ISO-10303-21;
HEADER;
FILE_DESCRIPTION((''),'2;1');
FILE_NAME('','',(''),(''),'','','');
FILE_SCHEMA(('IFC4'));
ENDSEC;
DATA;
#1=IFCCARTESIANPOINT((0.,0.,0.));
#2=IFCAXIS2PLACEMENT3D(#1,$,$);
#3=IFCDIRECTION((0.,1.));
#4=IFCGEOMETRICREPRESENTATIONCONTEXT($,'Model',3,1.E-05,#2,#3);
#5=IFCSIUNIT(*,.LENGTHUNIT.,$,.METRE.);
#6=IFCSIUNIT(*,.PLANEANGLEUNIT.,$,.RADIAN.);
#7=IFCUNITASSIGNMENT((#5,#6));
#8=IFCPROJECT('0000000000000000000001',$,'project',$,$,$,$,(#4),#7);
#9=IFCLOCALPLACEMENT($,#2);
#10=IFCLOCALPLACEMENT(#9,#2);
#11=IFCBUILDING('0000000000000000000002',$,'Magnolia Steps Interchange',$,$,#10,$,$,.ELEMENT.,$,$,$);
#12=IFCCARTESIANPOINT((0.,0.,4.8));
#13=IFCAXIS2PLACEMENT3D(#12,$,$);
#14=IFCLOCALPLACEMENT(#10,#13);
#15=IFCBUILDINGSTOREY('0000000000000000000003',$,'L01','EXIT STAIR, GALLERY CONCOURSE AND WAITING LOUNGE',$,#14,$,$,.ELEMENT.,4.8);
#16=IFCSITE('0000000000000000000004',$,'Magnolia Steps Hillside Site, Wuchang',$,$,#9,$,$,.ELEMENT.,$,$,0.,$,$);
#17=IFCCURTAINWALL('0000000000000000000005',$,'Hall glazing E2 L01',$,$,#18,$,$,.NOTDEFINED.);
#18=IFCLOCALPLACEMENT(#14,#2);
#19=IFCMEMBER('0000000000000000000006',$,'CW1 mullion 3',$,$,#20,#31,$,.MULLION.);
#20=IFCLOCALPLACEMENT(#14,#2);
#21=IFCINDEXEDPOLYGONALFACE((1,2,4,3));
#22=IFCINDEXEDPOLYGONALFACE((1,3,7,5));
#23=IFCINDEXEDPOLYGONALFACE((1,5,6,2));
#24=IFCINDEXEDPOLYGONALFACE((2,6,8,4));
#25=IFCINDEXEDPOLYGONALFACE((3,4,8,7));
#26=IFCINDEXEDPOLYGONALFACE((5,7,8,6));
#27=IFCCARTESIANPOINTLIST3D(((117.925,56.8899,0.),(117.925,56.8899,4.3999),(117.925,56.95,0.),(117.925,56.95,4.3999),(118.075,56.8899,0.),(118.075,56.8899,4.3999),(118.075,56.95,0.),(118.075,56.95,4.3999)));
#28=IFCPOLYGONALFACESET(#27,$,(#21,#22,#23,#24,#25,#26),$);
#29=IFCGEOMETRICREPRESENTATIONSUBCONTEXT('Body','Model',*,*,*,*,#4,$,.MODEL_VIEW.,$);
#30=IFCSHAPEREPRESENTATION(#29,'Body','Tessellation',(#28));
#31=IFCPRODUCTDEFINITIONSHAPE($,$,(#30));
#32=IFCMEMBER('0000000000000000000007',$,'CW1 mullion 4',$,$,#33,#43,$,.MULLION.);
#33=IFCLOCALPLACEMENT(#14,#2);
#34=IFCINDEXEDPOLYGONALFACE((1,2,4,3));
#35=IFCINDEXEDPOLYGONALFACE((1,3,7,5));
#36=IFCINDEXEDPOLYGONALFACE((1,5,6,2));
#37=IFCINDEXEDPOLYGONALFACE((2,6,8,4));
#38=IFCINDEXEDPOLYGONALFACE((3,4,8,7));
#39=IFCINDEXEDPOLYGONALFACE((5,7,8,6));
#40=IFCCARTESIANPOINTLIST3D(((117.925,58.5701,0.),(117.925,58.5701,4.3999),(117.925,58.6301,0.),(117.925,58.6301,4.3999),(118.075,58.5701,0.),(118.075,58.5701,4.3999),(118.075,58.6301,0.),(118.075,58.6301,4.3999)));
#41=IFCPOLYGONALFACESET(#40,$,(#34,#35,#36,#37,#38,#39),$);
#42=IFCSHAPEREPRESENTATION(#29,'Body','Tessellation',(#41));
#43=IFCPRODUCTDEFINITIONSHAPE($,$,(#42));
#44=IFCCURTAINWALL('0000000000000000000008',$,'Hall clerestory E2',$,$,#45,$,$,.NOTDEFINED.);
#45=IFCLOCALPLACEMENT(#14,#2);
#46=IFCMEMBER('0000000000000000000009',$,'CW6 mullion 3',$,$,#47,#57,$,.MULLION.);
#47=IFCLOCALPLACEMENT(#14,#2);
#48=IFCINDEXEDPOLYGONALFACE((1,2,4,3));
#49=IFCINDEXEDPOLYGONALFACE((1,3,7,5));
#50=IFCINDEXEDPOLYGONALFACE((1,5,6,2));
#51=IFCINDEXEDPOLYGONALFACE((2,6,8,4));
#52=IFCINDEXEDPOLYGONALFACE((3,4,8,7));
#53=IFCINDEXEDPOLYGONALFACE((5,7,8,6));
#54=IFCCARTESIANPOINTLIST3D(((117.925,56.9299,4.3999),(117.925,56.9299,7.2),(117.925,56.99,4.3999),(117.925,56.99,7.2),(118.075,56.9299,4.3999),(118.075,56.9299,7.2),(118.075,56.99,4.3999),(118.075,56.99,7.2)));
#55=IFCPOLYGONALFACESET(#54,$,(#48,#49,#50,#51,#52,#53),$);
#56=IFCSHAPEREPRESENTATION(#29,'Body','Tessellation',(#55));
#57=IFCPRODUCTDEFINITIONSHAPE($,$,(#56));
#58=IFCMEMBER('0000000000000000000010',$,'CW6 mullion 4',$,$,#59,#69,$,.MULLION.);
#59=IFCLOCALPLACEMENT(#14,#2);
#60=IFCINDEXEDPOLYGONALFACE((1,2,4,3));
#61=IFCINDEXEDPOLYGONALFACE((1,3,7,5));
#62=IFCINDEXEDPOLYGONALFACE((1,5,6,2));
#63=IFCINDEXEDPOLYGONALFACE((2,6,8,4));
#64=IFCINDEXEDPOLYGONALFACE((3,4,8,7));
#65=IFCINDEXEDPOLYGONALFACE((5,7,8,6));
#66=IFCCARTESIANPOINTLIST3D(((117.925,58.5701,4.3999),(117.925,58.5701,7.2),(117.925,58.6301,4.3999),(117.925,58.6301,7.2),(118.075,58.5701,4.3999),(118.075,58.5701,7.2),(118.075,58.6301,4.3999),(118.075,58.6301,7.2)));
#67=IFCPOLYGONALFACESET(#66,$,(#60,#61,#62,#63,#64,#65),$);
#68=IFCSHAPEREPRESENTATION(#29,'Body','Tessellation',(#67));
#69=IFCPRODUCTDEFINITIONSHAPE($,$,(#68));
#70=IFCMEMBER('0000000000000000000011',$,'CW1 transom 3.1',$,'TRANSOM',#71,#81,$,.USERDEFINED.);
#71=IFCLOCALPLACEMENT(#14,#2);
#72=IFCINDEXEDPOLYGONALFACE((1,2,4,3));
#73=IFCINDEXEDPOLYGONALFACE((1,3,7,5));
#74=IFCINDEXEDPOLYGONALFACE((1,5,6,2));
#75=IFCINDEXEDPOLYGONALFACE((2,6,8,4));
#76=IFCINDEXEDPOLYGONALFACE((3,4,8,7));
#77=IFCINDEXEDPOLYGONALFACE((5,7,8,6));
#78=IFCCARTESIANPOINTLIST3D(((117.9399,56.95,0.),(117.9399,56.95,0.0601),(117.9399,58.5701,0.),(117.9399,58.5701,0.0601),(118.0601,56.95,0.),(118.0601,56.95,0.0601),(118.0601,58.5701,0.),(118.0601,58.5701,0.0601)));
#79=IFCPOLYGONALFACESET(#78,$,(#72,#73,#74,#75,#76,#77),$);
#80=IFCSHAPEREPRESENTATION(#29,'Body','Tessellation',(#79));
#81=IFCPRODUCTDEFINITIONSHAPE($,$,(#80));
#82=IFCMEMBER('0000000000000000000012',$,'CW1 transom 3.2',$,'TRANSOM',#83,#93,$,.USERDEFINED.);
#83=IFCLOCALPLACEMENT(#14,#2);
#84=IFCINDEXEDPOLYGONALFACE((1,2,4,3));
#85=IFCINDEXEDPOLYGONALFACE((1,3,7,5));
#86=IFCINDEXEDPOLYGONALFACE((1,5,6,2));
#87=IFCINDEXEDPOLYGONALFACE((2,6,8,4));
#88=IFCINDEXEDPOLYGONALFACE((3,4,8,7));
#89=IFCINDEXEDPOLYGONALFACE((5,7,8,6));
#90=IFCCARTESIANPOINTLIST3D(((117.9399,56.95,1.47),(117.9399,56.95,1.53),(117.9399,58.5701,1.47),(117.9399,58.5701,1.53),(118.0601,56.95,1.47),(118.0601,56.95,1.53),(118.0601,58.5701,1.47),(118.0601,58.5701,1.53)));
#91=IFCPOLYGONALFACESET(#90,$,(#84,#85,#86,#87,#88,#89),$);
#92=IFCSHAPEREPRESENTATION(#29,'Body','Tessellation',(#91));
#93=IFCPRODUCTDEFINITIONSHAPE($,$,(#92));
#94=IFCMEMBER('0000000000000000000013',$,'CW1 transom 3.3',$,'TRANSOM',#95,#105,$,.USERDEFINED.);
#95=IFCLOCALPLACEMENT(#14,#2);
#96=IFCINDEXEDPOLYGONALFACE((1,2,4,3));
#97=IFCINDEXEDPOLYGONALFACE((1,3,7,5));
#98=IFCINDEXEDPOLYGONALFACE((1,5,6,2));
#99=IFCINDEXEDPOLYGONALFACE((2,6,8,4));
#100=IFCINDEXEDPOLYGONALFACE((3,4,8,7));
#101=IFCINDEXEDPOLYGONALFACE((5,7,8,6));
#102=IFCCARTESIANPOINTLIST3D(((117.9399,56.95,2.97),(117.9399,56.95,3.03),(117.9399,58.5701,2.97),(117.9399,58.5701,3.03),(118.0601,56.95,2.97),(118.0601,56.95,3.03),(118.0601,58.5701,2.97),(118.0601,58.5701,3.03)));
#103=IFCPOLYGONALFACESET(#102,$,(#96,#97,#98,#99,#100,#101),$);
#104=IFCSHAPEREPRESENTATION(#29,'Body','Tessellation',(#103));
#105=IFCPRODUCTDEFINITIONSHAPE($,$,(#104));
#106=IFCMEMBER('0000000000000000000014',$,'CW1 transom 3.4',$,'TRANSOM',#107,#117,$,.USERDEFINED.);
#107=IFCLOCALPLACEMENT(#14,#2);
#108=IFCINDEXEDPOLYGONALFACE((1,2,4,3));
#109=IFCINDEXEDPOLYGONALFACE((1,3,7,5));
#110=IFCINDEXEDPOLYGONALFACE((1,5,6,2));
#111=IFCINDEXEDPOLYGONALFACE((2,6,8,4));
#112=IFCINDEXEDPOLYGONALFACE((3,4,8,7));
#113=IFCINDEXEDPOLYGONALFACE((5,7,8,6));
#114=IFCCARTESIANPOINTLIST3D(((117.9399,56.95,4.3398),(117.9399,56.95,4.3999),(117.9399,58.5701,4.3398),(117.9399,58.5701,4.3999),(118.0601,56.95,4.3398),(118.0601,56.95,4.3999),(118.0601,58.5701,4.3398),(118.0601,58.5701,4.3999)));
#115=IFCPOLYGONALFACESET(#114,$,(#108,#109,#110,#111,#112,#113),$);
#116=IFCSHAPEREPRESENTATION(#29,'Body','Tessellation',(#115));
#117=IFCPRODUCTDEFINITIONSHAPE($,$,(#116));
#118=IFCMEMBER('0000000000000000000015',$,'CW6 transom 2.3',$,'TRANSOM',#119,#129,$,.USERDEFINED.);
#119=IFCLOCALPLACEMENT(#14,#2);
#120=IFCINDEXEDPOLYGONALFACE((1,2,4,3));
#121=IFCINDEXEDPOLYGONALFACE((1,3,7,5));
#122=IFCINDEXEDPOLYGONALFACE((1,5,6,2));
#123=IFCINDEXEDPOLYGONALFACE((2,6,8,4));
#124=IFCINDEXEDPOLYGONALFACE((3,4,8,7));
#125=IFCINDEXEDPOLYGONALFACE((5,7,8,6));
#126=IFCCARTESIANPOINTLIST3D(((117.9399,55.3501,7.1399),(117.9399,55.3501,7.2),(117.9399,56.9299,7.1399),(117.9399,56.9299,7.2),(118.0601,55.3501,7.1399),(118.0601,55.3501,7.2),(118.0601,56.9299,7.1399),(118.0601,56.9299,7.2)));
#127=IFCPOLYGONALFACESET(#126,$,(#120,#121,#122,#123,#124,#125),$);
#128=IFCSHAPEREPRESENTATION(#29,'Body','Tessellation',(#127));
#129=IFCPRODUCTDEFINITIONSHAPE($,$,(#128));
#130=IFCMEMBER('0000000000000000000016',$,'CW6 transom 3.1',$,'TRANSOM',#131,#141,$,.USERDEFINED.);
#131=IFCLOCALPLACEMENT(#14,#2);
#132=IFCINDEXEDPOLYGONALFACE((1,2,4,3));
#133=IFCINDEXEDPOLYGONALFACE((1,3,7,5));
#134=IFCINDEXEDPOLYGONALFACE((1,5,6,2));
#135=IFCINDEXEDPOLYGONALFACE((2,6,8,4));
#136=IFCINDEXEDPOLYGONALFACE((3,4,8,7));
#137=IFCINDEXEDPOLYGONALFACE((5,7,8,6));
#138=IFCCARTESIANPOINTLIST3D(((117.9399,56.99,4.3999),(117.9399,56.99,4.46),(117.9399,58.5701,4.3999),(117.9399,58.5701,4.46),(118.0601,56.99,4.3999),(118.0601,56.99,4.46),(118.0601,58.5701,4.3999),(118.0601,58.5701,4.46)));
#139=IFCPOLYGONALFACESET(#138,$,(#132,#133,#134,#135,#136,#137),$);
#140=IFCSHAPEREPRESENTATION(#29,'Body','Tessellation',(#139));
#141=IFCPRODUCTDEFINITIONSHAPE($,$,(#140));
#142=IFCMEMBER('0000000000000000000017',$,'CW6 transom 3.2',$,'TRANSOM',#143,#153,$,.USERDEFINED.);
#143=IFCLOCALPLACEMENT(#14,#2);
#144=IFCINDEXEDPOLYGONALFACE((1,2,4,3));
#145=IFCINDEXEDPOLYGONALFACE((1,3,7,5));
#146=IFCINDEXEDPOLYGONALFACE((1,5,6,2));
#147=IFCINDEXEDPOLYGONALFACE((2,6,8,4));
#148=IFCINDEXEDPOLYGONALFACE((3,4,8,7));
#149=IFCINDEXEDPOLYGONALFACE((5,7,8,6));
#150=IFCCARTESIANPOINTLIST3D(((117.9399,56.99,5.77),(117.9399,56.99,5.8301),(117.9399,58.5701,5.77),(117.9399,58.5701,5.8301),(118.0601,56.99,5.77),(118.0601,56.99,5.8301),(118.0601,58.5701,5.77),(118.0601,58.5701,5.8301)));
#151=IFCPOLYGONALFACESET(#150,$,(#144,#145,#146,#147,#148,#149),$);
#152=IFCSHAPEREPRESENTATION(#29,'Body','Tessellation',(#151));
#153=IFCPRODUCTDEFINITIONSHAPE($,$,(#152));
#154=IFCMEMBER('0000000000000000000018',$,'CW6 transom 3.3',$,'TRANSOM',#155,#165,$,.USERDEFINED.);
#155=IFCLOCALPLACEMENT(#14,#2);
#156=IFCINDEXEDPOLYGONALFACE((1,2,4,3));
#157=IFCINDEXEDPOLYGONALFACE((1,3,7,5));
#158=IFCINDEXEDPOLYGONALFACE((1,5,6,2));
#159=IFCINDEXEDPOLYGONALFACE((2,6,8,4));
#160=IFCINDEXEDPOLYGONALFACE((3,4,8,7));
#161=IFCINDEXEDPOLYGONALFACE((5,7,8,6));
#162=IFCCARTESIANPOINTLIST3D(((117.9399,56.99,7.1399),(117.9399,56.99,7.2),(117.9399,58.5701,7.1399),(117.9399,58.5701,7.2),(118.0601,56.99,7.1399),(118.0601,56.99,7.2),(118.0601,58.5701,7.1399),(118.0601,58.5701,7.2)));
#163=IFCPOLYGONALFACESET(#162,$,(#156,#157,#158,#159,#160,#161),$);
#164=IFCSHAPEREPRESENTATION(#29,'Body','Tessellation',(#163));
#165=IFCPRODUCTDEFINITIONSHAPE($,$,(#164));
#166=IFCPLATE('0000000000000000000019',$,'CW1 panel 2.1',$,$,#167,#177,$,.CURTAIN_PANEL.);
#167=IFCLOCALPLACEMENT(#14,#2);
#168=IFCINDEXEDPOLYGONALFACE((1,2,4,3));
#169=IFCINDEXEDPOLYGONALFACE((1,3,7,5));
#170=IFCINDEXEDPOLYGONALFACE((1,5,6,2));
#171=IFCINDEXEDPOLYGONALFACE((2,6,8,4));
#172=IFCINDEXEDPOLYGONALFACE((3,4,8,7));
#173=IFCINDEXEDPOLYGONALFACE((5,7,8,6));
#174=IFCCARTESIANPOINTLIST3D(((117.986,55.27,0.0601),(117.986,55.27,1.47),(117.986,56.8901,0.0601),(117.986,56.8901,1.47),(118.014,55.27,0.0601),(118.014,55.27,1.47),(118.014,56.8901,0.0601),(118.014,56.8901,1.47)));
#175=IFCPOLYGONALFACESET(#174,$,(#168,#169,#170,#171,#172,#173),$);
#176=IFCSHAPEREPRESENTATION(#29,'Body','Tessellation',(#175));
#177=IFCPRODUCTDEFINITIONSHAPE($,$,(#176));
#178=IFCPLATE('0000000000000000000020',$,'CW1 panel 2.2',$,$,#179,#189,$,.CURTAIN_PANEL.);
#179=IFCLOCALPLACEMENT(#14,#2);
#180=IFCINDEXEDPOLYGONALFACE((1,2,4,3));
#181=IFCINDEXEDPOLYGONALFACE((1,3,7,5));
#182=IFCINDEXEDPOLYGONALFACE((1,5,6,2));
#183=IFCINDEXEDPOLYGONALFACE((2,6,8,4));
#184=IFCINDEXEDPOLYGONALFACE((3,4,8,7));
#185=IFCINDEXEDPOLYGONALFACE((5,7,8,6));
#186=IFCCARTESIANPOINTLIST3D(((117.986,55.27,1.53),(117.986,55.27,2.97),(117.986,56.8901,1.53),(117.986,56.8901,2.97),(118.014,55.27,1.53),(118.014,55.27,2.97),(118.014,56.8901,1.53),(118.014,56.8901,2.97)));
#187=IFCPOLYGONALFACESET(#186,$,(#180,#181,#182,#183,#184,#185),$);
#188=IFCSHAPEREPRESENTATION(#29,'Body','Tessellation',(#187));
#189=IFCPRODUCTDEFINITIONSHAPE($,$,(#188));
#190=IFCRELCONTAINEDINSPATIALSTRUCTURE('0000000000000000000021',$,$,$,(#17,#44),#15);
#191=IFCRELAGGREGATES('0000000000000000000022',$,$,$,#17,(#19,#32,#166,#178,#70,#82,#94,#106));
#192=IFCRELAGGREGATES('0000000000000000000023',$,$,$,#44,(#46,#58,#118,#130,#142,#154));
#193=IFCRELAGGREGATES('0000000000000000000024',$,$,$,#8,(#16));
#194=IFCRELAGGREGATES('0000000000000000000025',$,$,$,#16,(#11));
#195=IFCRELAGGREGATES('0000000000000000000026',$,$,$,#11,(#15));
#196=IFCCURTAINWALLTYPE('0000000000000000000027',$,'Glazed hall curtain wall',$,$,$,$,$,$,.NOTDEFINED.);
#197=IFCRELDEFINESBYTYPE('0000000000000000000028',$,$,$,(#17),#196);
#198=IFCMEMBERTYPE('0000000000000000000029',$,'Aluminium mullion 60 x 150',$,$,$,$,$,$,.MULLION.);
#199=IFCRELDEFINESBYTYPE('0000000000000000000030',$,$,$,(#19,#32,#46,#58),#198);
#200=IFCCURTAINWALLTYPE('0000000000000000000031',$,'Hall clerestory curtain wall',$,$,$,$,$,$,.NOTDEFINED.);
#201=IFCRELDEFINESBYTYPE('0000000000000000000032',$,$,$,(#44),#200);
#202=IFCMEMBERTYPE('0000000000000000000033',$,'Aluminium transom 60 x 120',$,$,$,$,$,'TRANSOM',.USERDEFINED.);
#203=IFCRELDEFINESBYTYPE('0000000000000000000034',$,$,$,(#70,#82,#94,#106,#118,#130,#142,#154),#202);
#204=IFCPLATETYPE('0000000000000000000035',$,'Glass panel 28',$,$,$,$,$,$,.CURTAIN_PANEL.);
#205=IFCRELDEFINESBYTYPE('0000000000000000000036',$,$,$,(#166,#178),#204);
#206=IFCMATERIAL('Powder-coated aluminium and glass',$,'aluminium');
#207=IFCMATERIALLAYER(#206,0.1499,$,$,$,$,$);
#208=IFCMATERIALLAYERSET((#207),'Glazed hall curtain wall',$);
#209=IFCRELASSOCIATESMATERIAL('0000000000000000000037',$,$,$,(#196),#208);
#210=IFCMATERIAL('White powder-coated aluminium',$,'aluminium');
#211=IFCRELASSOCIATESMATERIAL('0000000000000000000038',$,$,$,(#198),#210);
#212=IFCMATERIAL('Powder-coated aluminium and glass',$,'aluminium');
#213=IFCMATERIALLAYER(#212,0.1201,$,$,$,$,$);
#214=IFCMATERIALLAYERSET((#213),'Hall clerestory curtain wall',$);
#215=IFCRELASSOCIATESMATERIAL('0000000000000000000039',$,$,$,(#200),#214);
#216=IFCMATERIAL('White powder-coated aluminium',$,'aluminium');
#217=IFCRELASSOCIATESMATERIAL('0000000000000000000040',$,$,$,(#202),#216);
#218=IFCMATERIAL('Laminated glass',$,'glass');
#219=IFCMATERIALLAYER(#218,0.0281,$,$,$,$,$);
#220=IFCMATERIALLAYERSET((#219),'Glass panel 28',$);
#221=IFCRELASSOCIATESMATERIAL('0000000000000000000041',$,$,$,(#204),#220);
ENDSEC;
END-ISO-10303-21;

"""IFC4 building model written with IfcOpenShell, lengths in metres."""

from ifc_helpers import new_model, si_unit, direction, frame, origin, origin_2d, place, context, subcontext, project, spatial, rectangle, extrude, material, layer, layer_set, material_profile, profile_set, type_object, element, aggregate, save


model = new_model("IFC4")

# Units and contexts
model_context = context("Model", 3, precision=1e-05, world=origin(), true_north=direction((0.0, 1.0)))
body_context = subcontext(model_context, "Body", "Model", "MODEL_VIEW")
ifc_project = project(units=[si_unit("LENGTHUNIT", "METRE"), si_unit("PLANEANGLEUNIT", "RADIAN")], contexts=[model_context])

# Site, building, storey
site_placement = place(None, origin())
site = spatial("IfcSite", under=ifc_project, at=site_placement, Name="Magnolia Steps Hillside Site, Wuchang", CompositionType="ELEMENT", RefElevation=0.0)
building_placement = place(site_placement, origin())
building = spatial("IfcBuilding", under=site, at=building_placement, Name="Magnolia Steps Interchange", CompositionType="ELEMENT")
storey_placement = place(building_placement, frame((0.0, 0.0, 4.8)))
storey = spatial("IfcBuildingStorey", under=building, at=storey_placement, Name="L01", Description="EXIT STAIR, GALLERY CONCOURSE AND WAITING LOUNGE", CompositionType="ELEMENT", Elevation=4.8)

# Curtain walls, members
ifc_material_1 = material(Name="Powder-coated aluminium and glass", Category="aluminium")
ifc_layer_1 = layer(ifc_material_1, 0.1499)
ifc_layer_set_1 = layer_set([ifc_layer_1], Name="Glazed hall curtain wall")
curtain_wall_type_1 = type_object("IfcCurtainWallType", Name="Glazed hall curtain wall", PredefinedType="NOTDEFINED", material=ifc_layer_set_1)
curtain_wall_1_placement = place(storey_placement, origin())
curtain_wall_1 = element("IfcCurtainWall", 1, at=curtain_wall_1_placement, inside=storey, type_object=curtain_wall_type_1, Name="Hall glazing E2 L01", PredefinedType="NOTDEFINED")
ifc_material_2 = material(Name="White powder-coated aluminium", Category="aluminium")
ifc_material_profile_1 = material_profile(ifc_material_2, rectangle(XDim=0.0601, YDim=0.1499, at=origin_2d()), Name="Aluminium mullion 60 x 150")
ifc_profile_set_1 = profile_set([ifc_material_profile_1], Name="White powder-coated aluminium")
member_type_1 = type_object("IfcMemberType", Name="Aluminium mullion 60 x 150", PredefinedType="MULLION", material=ifc_profile_set_1)
member_1_placement = place(storey_placement, frame((118.0, 56.9199, 0.0), z_axis=(0.0, 0.0, 1.0), x_axis=(0.0, 1.0, 0.0)))
member_1 = element("IfcMember", 2, at=member_1_placement, type_object=member_type_1, Name="CW1 mullion 3", PredefinedType="MULLION", context=body_context, shape_type="SweptSolid", body=[
    extrude(rectangle(XDim=0.0601, YDim=0.1499, at=origin_2d()), origin(), (0.0, 0.0, 1.0), 4.3999),
])
member_2_placement = place(storey_placement, frame((118.0, 58.6001, 0.0), z_axis=(0.0, 0.0, 1.0), x_axis=(0.0, 1.0, 0.0)))
member_2 = element("IfcMember", 3, at=member_2_placement, type_object=member_type_1, Name="CW1 mullion 4", PredefinedType="MULLION", context=body_context, shape_type="SweptSolid", body=[
    extrude(rectangle(XDim=0.0601, YDim=0.1499, at=origin_2d()), origin(), (0.0, 0.0, 1.0), 4.3999),
])
ifc_material_3 = material(Name="Powder-coated aluminium and glass", Category="aluminium")
ifc_layer_2 = layer(ifc_material_3, 0.1201)
ifc_layer_set_2 = layer_set([ifc_layer_2], Name="Hall clerestory curtain wall")
curtain_wall_type_2 = type_object("IfcCurtainWallType", Name="Hall clerestory curtain wall", PredefinedType="NOTDEFINED", material=ifc_layer_set_2)
curtain_wall_2_placement = place(storey_placement, origin())
curtain_wall_2 = element("IfcCurtainWall", 4, at=curtain_wall_2_placement, inside=storey, type_object=curtain_wall_type_2, Name="Hall clerestory E2", PredefinedType="NOTDEFINED")
member_3_placement = place(storey_placement, frame((118.0, 56.96, 4.3999), z_axis=(0.0, 0.0, 1.0), x_axis=(0.0, 1.0, 0.0)))
member_3 = element("IfcMember", 5, at=member_3_placement, type_object=member_type_1, Name="CW6 mullion 3", PredefinedType="MULLION", context=body_context, shape_type="SweptSolid", body=[
    extrude(rectangle(XDim=0.0601, YDim=0.1499, at=origin_2d()), origin(), (0.0, 0.0, 1.0), 2.8),
])
member_4_placement = place(storey_placement, frame((118.0, 58.6001, 4.3999), z_axis=(0.0, 0.0, 1.0), x_axis=(0.0, 1.0, 0.0)))
member_4 = element("IfcMember", 6, at=member_4_placement, type_object=member_type_1, Name="CW6 mullion 4", PredefinedType="MULLION", context=body_context, shape_type="SweptSolid", body=[
    extrude(rectangle(XDim=0.0601, YDim=0.1499, at=origin_2d()), origin(), (0.0, 0.0, 1.0), 2.8),
])

# Members
ifc_material_4 = material(Name="White powder-coated aluminium", Category="aluminium")
ifc_material_profile_2 = material_profile(ifc_material_4, rectangle(XDim=0.0601, YDim=0.1201, at=origin_2d()), Name="Aluminium transom 60 x 120")
ifc_profile_set_2 = profile_set([ifc_material_profile_2], Name="White powder-coated aluminium")
member_type_2 = type_object("IfcMemberType", Name="Aluminium transom 60 x 120", ElementType="TRANSOM", PredefinedType="USERDEFINED", material=ifc_profile_set_2)
member_5_placement = place(storey_placement, frame((118.0, 56.95, 0.03), z_axis=(0.0, 1.0, 0.0), x_axis=(0.0, 0.0, 1.0)))
member_5 = element("IfcMember", 7, at=member_5_placement, type_object=member_type_2, Name="CW1 transom 3.1", ObjectType="TRANSOM", PredefinedType="USERDEFINED", context=body_context, shape_type="SweptSolid", body=[
    extrude(rectangle(XDim=0.0601, YDim=0.1201, at=origin_2d()), origin(), (0.0, 0.0, 1.0), 1.6201),
])
member_6_placement = place(storey_placement, frame((118.0, 56.95, 1.5), z_axis=(0.0, 1.0, 0.0), x_axis=(0.0, 0.0, 1.0)))
member_6 = element("IfcMember", 8, at=member_6_placement, type_object=member_type_2, Name="CW1 transom 3.2", ObjectType="TRANSOM", PredefinedType="USERDEFINED", context=body_context, shape_type="SweptSolid", body=[
    extrude(rectangle(XDim=0.0601, YDim=0.1201, at=origin_2d()), origin(), (0.0, 0.0, 1.0), 1.6201),
])
member_7_placement = place(storey_placement, frame((118.0, 56.95, 3.0), z_axis=(0.0, 1.0, 0.0), x_axis=(0.0, 0.0, 1.0)))
member_7 = element("IfcMember", 9, at=member_7_placement, type_object=member_type_2, Name="CW1 transom 3.3", ObjectType="TRANSOM", PredefinedType="USERDEFINED", context=body_context, shape_type="SweptSolid", body=[
    extrude(rectangle(XDim=0.0601, YDim=0.1201, at=origin_2d()), origin(), (0.0, 0.0, 1.0), 1.6201),
])
member_8_placement = place(storey_placement, frame((118.0, 56.95, 4.3699), z_axis=(0.0, 1.0, 0.0), x_axis=(0.0, 0.0, 1.0)))
member_8 = element("IfcMember", 10, at=member_8_placement, type_object=member_type_2, Name="CW1 transom 3.4", ObjectType="TRANSOM", PredefinedType="USERDEFINED", context=body_context, shape_type="SweptSolid", body=[
    extrude(rectangle(XDim=0.0601, YDim=0.1201, at=origin_2d()), origin(), (0.0, 0.0, 1.0), 1.6201),
])
member_9_placement = place(storey_placement, frame((118.0, 55.3501, 7.1699), z_axis=(0.0, 1.0, 0.0), x_axis=(0.0, 0.0, 1.0)))
member_9 = element("IfcMember", 11, at=member_9_placement, type_object=member_type_2, Name="CW6 transom 2.3", ObjectType="TRANSOM", PredefinedType="USERDEFINED", context=body_context, shape_type="SweptSolid", body=[
    extrude(rectangle(XDim=0.0601, YDim=0.1201, at=origin_2d()), origin(), (0.0, 0.0, 1.0), 1.5798),
])
member_10_placement = place(storey_placement, frame((118.0, 56.99, 4.4299), z_axis=(0.0, 1.0, 0.0), x_axis=(0.0, 0.0, 1.0)))
member_10 = element("IfcMember", 12, at=member_10_placement, type_object=member_type_2, Name="CW6 transom 3.1", ObjectType="TRANSOM", PredefinedType="USERDEFINED", context=body_context, shape_type="SweptSolid", body=[
    extrude(rectangle(XDim=0.0601, YDim=0.1201, at=origin_2d()), origin(), (0.0, 0.0, 1.0), 1.5801),
])
member_11_placement = place(storey_placement, frame((118.0, 56.99, 5.8), z_axis=(0.0, 1.0, 0.0), x_axis=(0.0, 0.0, 1.0)))
member_11 = element("IfcMember", 13, at=member_11_placement, type_object=member_type_2, Name="CW6 transom 3.2", ObjectType="TRANSOM", PredefinedType="USERDEFINED", context=body_context, shape_type="SweptSolid", body=[
    extrude(rectangle(XDim=0.0601, YDim=0.1201, at=origin_2d()), origin(), (0.0, 0.0, 1.0), 1.5801),
])
member_12_placement = place(storey_placement, frame((118.0, 56.99, 7.1699), z_axis=(0.0, 1.0, 0.0), x_axis=(0.0, 0.0, 1.0)))
member_12 = element("IfcMember", 14, at=member_12_placement, type_object=member_type_2, Name="CW6 transom 3.3", ObjectType="TRANSOM", PredefinedType="USERDEFINED", context=body_context, shape_type="SweptSolid", body=[
    extrude(rectangle(XDim=0.0601, YDim=0.1201, at=origin_2d()), origin(), (0.0, 0.0, 1.0), 1.5801),
])

# Plates
ifc_material_5 = material(Name="Laminated glass", Category="glass")
ifc_layer_3 = layer(ifc_material_5, 0.0281)
ifc_layer_set_3 = layer_set([ifc_layer_3], Name="Glass panel 28")
plate_type = type_object("IfcPlateType", Name="Glass panel 28", PredefinedType="CURTAIN_PANEL", material=ifc_layer_set_3)
plate_1_placement = place(storey_placement, frame((118.0, 56.0801, 0.0601), z_axis=(0.0, 0.0, 1.0), x_axis=(0.0, 1.0, 0.0)))
plate_1 = element("IfcPlate", 15, at=plate_1_placement, type_object=plate_type, Name="CW1 panel 2.1", PredefinedType="CURTAIN_PANEL", context=body_context, shape_type="SweptSolid", body=[
    extrude(rectangle(XDim=1.6201, YDim=0.0281, at=origin_2d()), origin(), (0.0, 0.0, 1.0), 1.4099),
])
plate_2_placement = place(storey_placement, frame((118.0, 56.0801, 1.53), z_axis=(0.0, 0.0, 1.0), x_axis=(0.0, 1.0, 0.0)))
plate_2 = element("IfcPlate", 16, at=plate_2_placement, type_object=plate_type, Name="CW1 panel 2.2", PredefinedType="CURTAIN_PANEL", context=body_context, shape_type="SweptSolid", body=[
    extrude(rectangle(XDim=1.6201, YDim=0.0281, at=origin_2d()), origin(), (0.0, 0.0, 1.0), 1.4399),
])
aggregate(curtain_wall_1, [member_1, member_2, plate_1, plate_2, member_5, member_6, member_7, member_8])
aggregate(curtain_wall_2, [member_3, member_4, member_9, member_10, member_11, member_12])

save(model, "model.ifc")
